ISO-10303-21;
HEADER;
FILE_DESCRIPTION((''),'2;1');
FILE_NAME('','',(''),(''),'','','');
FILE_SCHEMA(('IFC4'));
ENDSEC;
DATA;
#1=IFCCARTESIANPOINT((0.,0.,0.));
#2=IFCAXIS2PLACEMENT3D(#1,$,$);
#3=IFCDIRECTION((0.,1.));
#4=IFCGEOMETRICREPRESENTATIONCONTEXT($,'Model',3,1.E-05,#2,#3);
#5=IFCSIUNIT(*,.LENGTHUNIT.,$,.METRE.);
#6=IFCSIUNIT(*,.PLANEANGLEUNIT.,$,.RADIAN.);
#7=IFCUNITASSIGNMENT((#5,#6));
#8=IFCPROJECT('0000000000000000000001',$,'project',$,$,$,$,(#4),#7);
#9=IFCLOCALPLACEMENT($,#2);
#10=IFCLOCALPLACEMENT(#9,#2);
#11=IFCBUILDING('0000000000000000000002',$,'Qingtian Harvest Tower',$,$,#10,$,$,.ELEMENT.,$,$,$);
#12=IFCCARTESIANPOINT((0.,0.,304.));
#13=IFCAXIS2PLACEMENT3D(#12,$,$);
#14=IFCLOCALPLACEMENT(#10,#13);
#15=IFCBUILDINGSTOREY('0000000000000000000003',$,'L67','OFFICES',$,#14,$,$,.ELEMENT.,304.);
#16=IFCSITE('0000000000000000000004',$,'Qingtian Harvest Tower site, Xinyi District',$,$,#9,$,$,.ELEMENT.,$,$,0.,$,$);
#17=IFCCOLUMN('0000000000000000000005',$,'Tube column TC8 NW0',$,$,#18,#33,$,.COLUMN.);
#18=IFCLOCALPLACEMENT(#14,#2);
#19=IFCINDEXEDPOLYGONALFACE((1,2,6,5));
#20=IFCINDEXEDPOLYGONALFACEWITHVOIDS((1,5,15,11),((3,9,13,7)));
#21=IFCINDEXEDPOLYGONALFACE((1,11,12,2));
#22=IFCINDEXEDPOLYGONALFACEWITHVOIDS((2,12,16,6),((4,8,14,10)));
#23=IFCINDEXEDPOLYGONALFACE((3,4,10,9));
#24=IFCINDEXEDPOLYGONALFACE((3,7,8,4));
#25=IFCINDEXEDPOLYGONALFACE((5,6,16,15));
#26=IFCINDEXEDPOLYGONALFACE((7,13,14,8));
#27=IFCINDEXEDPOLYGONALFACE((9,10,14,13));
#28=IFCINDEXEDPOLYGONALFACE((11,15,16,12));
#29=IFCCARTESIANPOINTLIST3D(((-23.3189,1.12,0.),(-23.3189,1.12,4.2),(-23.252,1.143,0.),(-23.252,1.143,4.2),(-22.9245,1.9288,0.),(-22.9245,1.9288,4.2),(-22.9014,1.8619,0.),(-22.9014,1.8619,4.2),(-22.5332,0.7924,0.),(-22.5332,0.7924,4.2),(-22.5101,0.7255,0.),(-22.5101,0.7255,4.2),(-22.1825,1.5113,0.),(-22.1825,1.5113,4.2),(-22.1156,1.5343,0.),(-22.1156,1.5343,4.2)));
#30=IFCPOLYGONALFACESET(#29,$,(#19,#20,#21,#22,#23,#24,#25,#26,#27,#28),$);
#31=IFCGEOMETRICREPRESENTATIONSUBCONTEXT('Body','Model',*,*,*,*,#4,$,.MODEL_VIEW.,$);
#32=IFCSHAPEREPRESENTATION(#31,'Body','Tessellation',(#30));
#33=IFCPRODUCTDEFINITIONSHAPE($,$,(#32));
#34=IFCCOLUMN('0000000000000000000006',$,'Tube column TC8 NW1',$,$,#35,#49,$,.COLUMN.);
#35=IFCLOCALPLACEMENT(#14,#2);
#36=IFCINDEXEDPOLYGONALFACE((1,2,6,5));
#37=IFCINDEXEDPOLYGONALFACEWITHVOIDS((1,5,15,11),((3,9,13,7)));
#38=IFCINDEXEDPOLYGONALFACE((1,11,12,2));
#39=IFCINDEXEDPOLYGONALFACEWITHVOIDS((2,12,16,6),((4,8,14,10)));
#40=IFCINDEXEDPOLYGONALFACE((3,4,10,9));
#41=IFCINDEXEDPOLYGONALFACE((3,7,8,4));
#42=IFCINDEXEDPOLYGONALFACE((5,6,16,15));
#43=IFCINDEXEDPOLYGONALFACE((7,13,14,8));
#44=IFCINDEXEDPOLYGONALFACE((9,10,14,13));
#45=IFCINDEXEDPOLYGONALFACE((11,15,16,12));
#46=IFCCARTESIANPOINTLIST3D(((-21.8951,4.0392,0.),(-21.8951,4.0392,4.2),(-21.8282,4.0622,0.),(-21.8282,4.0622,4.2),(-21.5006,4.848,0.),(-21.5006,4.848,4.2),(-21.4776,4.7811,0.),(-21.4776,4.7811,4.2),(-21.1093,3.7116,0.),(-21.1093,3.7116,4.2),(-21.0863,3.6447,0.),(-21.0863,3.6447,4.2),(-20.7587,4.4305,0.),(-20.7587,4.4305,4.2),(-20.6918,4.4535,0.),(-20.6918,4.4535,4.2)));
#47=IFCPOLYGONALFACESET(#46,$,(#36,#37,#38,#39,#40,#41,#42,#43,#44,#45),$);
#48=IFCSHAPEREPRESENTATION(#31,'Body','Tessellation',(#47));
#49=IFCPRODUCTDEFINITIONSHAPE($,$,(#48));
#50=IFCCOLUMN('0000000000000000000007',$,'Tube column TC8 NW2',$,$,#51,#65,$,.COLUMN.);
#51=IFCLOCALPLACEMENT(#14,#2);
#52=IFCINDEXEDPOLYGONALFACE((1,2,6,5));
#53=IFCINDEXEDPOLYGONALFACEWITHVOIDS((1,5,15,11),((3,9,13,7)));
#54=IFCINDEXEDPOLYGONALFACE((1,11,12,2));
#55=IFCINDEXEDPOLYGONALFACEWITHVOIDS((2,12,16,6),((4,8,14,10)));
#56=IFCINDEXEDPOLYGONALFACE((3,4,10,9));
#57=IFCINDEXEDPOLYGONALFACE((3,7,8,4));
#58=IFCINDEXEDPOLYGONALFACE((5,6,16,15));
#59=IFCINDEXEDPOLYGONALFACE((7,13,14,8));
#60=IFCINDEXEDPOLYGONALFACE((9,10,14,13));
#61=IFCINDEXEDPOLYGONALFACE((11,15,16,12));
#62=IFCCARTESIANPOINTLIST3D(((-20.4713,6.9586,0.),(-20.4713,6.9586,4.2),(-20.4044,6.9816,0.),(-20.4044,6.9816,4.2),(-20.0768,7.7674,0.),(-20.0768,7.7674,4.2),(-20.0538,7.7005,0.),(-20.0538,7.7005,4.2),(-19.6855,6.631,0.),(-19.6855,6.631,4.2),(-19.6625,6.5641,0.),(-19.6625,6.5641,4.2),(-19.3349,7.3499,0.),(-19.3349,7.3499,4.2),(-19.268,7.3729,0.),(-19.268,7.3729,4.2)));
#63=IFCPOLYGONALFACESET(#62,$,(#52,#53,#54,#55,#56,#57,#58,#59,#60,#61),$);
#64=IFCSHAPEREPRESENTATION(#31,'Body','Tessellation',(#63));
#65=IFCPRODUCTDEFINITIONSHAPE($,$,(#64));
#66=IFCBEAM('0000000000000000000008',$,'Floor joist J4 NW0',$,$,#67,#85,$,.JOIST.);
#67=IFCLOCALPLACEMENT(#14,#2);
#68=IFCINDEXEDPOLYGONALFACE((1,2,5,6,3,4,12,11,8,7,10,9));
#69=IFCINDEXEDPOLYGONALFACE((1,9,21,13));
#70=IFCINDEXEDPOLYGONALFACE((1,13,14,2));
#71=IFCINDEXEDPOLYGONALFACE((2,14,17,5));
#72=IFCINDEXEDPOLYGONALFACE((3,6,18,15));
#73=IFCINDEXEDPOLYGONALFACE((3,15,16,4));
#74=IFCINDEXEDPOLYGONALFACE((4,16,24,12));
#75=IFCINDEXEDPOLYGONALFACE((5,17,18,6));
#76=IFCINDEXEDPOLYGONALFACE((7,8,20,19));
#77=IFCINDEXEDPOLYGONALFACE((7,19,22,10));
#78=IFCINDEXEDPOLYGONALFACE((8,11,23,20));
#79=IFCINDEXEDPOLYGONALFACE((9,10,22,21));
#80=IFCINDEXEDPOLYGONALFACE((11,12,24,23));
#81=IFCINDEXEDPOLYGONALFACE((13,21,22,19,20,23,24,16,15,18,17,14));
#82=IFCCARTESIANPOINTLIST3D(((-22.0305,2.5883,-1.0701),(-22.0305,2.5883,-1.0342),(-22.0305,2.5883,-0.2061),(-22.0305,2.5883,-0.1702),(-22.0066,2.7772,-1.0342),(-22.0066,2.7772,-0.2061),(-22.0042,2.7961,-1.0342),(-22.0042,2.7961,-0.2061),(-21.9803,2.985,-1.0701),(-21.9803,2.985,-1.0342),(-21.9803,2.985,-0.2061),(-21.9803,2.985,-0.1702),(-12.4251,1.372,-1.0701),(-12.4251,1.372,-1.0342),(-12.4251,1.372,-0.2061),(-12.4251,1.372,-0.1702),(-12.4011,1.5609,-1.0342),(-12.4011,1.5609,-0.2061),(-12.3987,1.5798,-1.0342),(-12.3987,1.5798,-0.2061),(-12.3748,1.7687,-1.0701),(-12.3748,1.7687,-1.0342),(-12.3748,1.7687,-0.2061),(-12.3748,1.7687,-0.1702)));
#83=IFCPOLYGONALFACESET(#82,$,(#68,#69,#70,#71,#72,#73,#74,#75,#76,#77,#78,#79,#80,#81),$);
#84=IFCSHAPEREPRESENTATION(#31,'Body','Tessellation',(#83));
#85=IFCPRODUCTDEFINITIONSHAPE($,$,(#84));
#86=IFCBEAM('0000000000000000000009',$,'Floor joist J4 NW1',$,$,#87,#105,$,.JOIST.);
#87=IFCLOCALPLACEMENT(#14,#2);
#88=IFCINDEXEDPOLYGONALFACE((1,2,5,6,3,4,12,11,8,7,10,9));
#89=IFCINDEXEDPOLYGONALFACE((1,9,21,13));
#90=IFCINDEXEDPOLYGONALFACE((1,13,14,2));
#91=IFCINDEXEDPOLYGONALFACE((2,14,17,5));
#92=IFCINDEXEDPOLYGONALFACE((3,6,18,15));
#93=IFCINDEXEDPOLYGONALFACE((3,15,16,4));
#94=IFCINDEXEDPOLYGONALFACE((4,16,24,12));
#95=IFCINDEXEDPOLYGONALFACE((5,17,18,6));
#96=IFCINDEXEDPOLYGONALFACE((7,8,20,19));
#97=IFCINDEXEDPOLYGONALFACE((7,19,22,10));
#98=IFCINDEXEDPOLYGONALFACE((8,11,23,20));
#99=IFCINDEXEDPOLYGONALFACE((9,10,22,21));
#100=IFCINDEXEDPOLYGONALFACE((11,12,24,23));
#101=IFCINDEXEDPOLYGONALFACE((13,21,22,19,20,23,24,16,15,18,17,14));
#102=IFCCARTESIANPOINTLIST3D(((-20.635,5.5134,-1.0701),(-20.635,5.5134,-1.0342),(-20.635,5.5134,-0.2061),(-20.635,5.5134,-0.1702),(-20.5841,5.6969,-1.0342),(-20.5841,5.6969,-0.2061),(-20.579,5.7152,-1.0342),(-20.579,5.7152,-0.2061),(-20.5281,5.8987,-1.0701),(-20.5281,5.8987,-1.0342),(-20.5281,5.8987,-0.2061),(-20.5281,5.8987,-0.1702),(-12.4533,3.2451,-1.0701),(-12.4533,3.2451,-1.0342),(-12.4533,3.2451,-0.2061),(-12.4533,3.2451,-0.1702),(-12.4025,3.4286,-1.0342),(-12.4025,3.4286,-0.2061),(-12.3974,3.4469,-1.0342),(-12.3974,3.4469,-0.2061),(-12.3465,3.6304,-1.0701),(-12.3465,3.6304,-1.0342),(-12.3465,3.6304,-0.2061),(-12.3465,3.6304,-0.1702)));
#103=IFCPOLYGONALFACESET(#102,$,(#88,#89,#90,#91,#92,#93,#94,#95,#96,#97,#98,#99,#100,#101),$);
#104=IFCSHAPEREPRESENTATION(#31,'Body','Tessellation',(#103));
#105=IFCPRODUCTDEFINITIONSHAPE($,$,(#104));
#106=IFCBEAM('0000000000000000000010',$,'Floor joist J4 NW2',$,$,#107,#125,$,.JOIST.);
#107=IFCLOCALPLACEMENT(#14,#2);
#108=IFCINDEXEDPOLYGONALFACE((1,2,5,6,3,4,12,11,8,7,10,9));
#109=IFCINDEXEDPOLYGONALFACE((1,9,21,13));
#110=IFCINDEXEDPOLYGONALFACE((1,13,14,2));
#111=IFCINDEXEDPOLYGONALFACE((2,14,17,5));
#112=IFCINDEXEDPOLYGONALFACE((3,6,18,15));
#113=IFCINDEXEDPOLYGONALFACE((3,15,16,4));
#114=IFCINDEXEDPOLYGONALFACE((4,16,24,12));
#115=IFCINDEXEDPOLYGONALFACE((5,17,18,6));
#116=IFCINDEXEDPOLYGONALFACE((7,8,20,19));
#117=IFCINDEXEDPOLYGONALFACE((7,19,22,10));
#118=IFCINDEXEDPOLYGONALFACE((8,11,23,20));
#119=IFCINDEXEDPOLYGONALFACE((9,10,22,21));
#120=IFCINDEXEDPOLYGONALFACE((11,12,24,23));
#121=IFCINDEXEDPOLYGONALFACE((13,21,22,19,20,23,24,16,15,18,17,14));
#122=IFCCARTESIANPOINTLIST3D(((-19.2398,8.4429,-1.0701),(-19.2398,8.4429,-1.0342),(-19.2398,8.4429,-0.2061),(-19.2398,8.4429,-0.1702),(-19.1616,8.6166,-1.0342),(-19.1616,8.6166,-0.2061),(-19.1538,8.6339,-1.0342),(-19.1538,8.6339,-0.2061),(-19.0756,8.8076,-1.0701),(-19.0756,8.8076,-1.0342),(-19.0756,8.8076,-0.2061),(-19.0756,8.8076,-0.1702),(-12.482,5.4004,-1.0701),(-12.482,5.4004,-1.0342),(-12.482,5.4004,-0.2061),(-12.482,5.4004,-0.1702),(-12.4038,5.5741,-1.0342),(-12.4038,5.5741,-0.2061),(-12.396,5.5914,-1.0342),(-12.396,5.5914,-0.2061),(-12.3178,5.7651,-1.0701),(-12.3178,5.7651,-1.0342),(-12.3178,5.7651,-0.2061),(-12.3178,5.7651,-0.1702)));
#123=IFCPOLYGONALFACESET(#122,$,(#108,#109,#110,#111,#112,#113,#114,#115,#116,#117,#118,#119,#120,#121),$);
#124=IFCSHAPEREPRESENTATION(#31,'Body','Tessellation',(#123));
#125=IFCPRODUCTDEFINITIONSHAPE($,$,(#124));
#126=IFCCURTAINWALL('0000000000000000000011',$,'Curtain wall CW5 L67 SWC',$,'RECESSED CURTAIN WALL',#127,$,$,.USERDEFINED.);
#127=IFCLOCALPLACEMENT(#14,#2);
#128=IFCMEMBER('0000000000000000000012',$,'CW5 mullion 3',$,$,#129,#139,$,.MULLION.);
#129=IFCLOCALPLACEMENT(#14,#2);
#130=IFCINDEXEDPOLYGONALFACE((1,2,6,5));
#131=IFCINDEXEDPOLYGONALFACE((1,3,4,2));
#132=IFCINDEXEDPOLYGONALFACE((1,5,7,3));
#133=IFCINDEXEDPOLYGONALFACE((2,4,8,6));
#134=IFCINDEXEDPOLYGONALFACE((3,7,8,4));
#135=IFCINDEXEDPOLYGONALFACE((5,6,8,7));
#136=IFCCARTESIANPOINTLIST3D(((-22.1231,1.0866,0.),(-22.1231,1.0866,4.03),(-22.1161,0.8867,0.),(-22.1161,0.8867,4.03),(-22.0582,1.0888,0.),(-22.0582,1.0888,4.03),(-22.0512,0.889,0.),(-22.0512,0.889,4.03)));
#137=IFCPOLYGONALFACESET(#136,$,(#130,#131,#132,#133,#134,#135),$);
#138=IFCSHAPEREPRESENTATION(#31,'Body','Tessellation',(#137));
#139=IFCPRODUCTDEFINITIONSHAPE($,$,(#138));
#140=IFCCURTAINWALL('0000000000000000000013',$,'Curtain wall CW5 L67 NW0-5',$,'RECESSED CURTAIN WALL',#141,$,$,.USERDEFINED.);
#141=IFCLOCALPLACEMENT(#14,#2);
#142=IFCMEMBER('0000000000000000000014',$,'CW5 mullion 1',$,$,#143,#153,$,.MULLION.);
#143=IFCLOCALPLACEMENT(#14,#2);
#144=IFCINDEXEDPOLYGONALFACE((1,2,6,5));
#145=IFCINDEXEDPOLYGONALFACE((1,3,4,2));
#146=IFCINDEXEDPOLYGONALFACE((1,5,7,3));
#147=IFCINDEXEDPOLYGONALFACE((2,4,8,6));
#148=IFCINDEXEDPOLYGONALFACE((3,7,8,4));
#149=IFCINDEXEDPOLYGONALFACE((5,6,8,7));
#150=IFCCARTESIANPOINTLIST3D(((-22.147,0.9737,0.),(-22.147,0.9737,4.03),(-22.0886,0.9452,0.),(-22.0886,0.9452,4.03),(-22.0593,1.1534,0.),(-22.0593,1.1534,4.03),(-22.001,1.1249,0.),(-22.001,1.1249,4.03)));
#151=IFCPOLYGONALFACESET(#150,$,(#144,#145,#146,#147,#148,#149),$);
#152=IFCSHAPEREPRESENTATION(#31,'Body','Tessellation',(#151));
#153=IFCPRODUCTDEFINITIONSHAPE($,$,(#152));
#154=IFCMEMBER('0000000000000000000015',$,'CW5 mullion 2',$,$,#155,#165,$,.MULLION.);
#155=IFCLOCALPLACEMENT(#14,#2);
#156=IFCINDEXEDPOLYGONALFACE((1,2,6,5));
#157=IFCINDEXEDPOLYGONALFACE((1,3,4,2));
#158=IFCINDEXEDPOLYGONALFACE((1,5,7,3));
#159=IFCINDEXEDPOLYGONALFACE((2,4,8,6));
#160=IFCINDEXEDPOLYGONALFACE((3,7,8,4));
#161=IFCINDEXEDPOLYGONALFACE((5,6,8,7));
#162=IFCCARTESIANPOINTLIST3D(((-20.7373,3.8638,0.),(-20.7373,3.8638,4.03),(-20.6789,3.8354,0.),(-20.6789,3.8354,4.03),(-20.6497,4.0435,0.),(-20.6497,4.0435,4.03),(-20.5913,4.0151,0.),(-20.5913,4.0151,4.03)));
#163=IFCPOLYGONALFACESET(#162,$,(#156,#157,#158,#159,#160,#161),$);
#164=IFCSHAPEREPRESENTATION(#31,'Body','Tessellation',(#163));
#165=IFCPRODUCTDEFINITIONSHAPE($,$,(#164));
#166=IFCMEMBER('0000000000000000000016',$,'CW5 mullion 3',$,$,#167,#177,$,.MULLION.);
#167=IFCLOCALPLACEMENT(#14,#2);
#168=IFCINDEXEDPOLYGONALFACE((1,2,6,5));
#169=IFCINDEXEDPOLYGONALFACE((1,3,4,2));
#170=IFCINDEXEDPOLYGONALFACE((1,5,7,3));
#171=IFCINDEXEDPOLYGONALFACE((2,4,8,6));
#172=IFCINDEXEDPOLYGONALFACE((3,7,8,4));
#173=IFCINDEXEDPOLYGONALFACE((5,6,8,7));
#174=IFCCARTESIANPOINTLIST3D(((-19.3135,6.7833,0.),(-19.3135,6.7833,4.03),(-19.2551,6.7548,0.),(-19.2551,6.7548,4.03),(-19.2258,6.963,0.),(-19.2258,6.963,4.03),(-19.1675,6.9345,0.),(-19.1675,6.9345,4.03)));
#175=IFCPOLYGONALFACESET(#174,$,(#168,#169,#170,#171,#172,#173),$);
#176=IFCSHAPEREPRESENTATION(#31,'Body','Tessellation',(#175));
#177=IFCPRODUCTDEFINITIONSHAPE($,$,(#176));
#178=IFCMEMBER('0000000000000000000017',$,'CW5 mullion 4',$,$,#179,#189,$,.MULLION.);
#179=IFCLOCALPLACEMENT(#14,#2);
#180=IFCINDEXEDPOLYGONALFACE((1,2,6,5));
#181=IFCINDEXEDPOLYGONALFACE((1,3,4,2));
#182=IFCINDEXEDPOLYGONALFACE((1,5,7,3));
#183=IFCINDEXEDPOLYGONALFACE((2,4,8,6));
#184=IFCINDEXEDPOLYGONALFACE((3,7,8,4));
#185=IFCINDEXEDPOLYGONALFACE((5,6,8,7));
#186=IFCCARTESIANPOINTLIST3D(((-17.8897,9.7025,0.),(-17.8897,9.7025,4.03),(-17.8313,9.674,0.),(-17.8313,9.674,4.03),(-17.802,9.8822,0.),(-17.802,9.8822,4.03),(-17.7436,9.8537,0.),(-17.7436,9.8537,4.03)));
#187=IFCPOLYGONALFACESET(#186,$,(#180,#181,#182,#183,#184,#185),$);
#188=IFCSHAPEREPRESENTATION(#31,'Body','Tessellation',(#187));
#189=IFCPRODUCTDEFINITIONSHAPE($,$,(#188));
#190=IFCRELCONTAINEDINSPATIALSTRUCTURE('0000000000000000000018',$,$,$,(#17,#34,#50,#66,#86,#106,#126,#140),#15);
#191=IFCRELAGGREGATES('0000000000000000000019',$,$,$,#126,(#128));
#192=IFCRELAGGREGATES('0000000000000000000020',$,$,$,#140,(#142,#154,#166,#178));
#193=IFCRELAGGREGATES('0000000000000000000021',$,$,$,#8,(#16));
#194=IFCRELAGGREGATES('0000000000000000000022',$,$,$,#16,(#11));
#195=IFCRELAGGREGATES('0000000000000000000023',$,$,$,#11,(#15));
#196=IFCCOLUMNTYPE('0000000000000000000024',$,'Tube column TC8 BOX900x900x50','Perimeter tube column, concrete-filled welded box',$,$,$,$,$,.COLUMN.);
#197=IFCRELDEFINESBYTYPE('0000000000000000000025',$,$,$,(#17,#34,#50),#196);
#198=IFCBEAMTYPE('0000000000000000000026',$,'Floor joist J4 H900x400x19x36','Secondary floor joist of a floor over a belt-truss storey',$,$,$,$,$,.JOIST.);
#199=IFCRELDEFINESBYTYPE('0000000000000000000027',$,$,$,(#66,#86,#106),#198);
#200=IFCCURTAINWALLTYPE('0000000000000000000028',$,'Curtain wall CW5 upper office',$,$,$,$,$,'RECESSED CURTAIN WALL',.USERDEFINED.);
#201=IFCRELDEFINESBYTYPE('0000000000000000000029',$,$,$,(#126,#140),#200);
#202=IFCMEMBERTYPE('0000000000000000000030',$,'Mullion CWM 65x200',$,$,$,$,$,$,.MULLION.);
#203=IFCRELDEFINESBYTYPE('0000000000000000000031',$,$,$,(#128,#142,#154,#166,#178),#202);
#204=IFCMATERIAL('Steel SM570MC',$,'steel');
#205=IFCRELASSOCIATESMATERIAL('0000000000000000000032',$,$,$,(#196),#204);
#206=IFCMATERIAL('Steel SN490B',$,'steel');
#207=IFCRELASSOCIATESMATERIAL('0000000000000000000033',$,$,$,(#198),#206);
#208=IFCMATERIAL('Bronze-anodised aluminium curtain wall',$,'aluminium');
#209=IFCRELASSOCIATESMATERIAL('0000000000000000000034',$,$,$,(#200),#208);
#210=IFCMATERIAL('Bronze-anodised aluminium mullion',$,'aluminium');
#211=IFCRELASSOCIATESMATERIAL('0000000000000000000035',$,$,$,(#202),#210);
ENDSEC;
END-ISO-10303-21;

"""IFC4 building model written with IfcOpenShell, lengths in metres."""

from ifc_helpers import new_model, si_unit, direction, frame, origin, origin_2d, place, context, subcontext, project, spatial, rectangle, hollow_rectangle, i_section, extrude, material, material_profile, profile_set, type_object, element, aggregate, save


model = new_model("IFC4")

# Units and contexts
model_context = context("Model", 3, precision=1e-05, world=origin(), true_north=direction((0.0, 1.0)))
body_context = subcontext(model_context, "Body", "Model", "MODEL_VIEW")
ifc_project = project(units=[si_unit("LENGTHUNIT", "METRE"), si_unit("PLANEANGLEUNIT", "RADIAN")], contexts=[model_context])

# Site, building, storey
site_placement = place(None, origin())
site = spatial("IfcSite", under=ifc_project, at=site_placement, Name="Qingtian Harvest Tower site, Xinyi District", CompositionType="ELEMENT", RefElevation=0.0)
building_placement = place(site_placement, origin())
building = spatial("IfcBuilding", under=site, at=building_placement, Name="Qingtian Harvest Tower", CompositionType="ELEMENT")
storey_placement = place(building_placement, frame((0.0, 0.0, 304.0)))
storey = spatial("IfcBuildingStorey", under=building, at=storey_placement, Name="L67", Description="OFFICES", CompositionType="ELEMENT", Elevation=304.0)

# Columns
ifc_material_1 = material(Name="Steel SM570MC", Category="steel")
ifc_material_profile_1 = material_profile(ifc_material_1, hollow_rectangle(XDim=0.8999, YDim=0.8999, WallThickness=0.05, at=origin_2d()), Name="BOX900x900x50")
ifc_profile_set_1 = profile_set([ifc_material_profile_1], Name="Steel SM570MC")
column_type = type_object("IfcColumnType", Name="Tube column TC8 BOX900x900x50", Description="Perimeter tube column, concrete-filled welded box", PredefinedType="COLUMN", material=ifc_profile_set_1)
for number, where, z_axis, x_axis, name in (
    (1, (-22.7173, 1.3271, 0.0), (0.0, 0.0, 1.0), (-0.438371, -0.898794, 0.0), "Tube column TC8 NW0"),
    (2, (-21.2935, 4.2463, 0.0), (0.0, 0.0, 1.0), (-0.438371, -0.898794, 0.0), "Tube column TC8 NW1"),
    (3, (-19.8696, 7.1658, 0.0), (0.0, 0.0, 1.0), (-0.438371, -0.898794, 0.0), "Tube column TC8 NW2"),
):
    element("IfcColumn", number, at=place(storey_placement, frame(where, z_axis=z_axis, x_axis=x_axis)), inside=storey, type_object=column_type, Name=name, PredefinedType="COLUMN", context=body_context, shape_type="SweptSolid", body=[
        extrude(hollow_rectangle(XDim=0.8999, YDim=0.8999, WallThickness=0.05, at=origin_2d()), origin(), (0.0, 0.0, 1.0), 4.2),
    ])

# Beams
ifc_material_2 = material(Name="Steel SN490B", Category="steel")
ifc_material_profile_2 = material_profile(ifc_material_2, i_section(OverallWidth=0.3999, OverallDepth=0.8999, WebThickness=0.019, FlangeThickness=0.0359, at=origin_2d()), Name="H900x400x19x36")
ifc_profile_set_2 = profile_set([ifc_material_profile_2], Name="Steel SN490B")
beam_type_1 = type_object("IfcBeamType", Name="Floor joist J4 H900x400x19x36", Description="Secondary floor joist of a floor over a belt-truss storey", PredefinedType="JOIST", material=ifc_profile_set_2)
beam_1_placement = place(storey_placement, frame((-22.0054, 2.7866, -0.6201), z_axis=(0.992078, -0.125624, 0.0), x_axis=(0.125624, 0.992078, 0.0)))
element("IfcBeam", 4, at=beam_1_placement, inside=storey, type_object=beam_type_1, Name="Floor joist J4 NW0", PredefinedType="JOIST", context=body_context, shape_type="SweptSolid", body=[
    extrude(i_section(OverallWidth=0.3999, OverallDepth=0.8999, WebThickness=0.019, FlangeThickness=0.0359, at=origin_2d()), origin(), (0.0, 0.0, 1.0), 9.6821),
])
beam_2_placement = place(storey_placement, frame((-20.5815, 5.7061, -0.6201), z_axis=(0.96365, -0.267166, 0.0), x_axis=(0.267166, 0.96365, 0.0)))
element("IfcBeam", 5, at=beam_2_placement, inside=storey, type_object=beam_type_1, Name="Floor joist J4 NW1", PredefinedType="JOIST", context=body_context, shape_type="SweptSolid", body=[
    extrude(i_section(OverallWidth=0.3999, OverallDepth=0.8999, WebThickness=0.019, FlangeThickness=0.0359, at=origin_2d()), origin(), (0.0, 0.0, 1.0), 8.4902),
])
beam_3_placement = place(storey_placement, frame((-19.1577, 8.6252, -0.6201), z_axis=(0.911848, -0.410529, 0.0), x_axis=(0.410529, 0.911848, 0.0)))
element("IfcBeam", 6, at=beam_3_placement, inside=storey, type_object=beam_type_1, Name="Floor joist J4 NW2", PredefinedType="JOIST", context=body_context, shape_type="SweptSolid", body=[
    extrude(i_section(OverallWidth=0.3999, OverallDepth=0.8999, WebThickness=0.019, FlangeThickness=0.0359, at=origin_2d()), origin(), (0.0, 0.0, 1.0), 7.4111),
])

# Curtain wall, member
ifc_material_3 = material(Name="Bronze-anodised aluminium curtain wall", Category="aluminium")
curtain_wall_type = type_object("IfcCurtainWallType", Name="Curtain wall CW5 upper office", ElementType="RECESSED CURTAIN WALL", PredefinedType="USERDEFINED", material=ifc_material_3)
curtain_wall_1_placement = place(storey_placement, origin())
curtain_wall_1 = element("IfcCurtainWall", 7, at=curtain_wall_1_placement, inside=storey, type_object=curtain_wall_type, Name="Curtain wall CW5 L67 SWC", ObjectType="RECESSED CURTAIN WALL", PredefinedType="USERDEFINED")
ifc_material_4 = material(Name="Bronze-anodised aluminium mullion", Category="aluminium")
ifc_material_profile_3 = material_profile(ifc_material_4, rectangle(XDim=0.0649, YDim=0.2, at=origin_2d()), Name="AL 65x200")
ifc_profile_set_3 = profile_set([ifc_material_profile_3], Name="Bronze-anodised aluminium mullion")
member_type_1 = type_object("IfcMemberType", Name="Mullion CWM 65x200", PredefinedType="MULLION", material=ifc_profile_set_3)
member_1_placement = place(storey_placement, frame((-22.0872, 0.9878, 0.0), z_axis=(0.0, 0.0, 1.0), x_axis=(-0.999391, -0.034899, 0.0)))
member_1 = element("IfcMember", 8, at=member_1_placement, type_object=member_type_1, Name="CW5 mullion 3", PredefinedType="MULLION", context=body_context, shape_type="SweptSolid", body=[
    extrude(rectangle(XDim=0.0649, YDim=0.2, at=origin_2d()), origin(), (0.0, 0.0, 1.0), 4.03),
])

# Curtain wall, members
curtain_wall_2_placement = place(storey_placement, origin())
curtain_wall_2 = element("IfcCurtainWall", 9, at=curtain_wall_2_placement, inside=storey, type_object=curtain_wall_type, Name="Curtain wall CW5 L67 NW0-5", ObjectType="RECESSED CURTAIN WALL", PredefinedType="USERDEFINED")
member_2_placement = place(storey_placement, frame((-22.074, 1.0493, 0.0), z_axis=(0.0, 0.0, 1.0), x_axis=(-0.898794, 0.438371, 0.0)))
member_2 = element("IfcMember", 10, at=member_2_placement, type_object=member_type_1, Name="CW5 mullion 1", PredefinedType="MULLION", context=body_context, shape_type="SweptSolid", body=[
    extrude(rectangle(XDim=0.0649, YDim=0.2, at=origin_2d()), origin(), (0.0, 0.0, 1.0), 4.03),
])
member_3_placement = place(storey_placement, frame((-20.6643, 3.9395, 0.0), z_axis=(0.0, 0.0, 1.0), x_axis=(-0.898794, 0.438371, 0.0)))
member_3 = element("IfcMember", 11, at=member_3_placement, type_object=member_type_1, Name="CW5 mullion 2", PredefinedType="MULLION", context=body_context, shape_type="SweptSolid", body=[
    extrude(rectangle(XDim=0.0649, YDim=0.2, at=origin_2d()), origin(), (0.0, 0.0, 1.0), 4.03),
])
member_4_placement = place(storey_placement, frame((-19.2405, 6.8589, 0.0), z_axis=(0.0, 0.0, 1.0), x_axis=(-0.898794, 0.438371, 0.0)))
member_4 = element("IfcMember", 12, at=member_4_placement, type_object=member_type_1, Name="CW5 mullion 3", PredefinedType="MULLION", context=body_context, shape_type="SweptSolid", body=[
    extrude(rectangle(XDim=0.0649, YDim=0.2, at=origin_2d()), origin(), (0.0, 0.0, 1.0), 4.03),
])
member_5_placement = place(storey_placement, frame((-17.8167, 9.7781, 0.0), z_axis=(0.0, 0.0, 1.0), x_axis=(-0.898794, 0.438371, 0.0)))
member_5 = element("IfcMember", 13, at=member_5_placement, type_object=member_type_1, Name="CW5 mullion 4", PredefinedType="MULLION", context=body_context, shape_type="SweptSolid", body=[
    extrude(rectangle(XDim=0.0649, YDim=0.2, at=origin_2d()), origin(), (0.0, 0.0, 1.0), 4.03),
])

aggregate(curtain_wall_1, [member_1])
aggregate(curtain_wall_2, [member_2, member_3, member_4, member_5])

save(model, "model.ifc")
